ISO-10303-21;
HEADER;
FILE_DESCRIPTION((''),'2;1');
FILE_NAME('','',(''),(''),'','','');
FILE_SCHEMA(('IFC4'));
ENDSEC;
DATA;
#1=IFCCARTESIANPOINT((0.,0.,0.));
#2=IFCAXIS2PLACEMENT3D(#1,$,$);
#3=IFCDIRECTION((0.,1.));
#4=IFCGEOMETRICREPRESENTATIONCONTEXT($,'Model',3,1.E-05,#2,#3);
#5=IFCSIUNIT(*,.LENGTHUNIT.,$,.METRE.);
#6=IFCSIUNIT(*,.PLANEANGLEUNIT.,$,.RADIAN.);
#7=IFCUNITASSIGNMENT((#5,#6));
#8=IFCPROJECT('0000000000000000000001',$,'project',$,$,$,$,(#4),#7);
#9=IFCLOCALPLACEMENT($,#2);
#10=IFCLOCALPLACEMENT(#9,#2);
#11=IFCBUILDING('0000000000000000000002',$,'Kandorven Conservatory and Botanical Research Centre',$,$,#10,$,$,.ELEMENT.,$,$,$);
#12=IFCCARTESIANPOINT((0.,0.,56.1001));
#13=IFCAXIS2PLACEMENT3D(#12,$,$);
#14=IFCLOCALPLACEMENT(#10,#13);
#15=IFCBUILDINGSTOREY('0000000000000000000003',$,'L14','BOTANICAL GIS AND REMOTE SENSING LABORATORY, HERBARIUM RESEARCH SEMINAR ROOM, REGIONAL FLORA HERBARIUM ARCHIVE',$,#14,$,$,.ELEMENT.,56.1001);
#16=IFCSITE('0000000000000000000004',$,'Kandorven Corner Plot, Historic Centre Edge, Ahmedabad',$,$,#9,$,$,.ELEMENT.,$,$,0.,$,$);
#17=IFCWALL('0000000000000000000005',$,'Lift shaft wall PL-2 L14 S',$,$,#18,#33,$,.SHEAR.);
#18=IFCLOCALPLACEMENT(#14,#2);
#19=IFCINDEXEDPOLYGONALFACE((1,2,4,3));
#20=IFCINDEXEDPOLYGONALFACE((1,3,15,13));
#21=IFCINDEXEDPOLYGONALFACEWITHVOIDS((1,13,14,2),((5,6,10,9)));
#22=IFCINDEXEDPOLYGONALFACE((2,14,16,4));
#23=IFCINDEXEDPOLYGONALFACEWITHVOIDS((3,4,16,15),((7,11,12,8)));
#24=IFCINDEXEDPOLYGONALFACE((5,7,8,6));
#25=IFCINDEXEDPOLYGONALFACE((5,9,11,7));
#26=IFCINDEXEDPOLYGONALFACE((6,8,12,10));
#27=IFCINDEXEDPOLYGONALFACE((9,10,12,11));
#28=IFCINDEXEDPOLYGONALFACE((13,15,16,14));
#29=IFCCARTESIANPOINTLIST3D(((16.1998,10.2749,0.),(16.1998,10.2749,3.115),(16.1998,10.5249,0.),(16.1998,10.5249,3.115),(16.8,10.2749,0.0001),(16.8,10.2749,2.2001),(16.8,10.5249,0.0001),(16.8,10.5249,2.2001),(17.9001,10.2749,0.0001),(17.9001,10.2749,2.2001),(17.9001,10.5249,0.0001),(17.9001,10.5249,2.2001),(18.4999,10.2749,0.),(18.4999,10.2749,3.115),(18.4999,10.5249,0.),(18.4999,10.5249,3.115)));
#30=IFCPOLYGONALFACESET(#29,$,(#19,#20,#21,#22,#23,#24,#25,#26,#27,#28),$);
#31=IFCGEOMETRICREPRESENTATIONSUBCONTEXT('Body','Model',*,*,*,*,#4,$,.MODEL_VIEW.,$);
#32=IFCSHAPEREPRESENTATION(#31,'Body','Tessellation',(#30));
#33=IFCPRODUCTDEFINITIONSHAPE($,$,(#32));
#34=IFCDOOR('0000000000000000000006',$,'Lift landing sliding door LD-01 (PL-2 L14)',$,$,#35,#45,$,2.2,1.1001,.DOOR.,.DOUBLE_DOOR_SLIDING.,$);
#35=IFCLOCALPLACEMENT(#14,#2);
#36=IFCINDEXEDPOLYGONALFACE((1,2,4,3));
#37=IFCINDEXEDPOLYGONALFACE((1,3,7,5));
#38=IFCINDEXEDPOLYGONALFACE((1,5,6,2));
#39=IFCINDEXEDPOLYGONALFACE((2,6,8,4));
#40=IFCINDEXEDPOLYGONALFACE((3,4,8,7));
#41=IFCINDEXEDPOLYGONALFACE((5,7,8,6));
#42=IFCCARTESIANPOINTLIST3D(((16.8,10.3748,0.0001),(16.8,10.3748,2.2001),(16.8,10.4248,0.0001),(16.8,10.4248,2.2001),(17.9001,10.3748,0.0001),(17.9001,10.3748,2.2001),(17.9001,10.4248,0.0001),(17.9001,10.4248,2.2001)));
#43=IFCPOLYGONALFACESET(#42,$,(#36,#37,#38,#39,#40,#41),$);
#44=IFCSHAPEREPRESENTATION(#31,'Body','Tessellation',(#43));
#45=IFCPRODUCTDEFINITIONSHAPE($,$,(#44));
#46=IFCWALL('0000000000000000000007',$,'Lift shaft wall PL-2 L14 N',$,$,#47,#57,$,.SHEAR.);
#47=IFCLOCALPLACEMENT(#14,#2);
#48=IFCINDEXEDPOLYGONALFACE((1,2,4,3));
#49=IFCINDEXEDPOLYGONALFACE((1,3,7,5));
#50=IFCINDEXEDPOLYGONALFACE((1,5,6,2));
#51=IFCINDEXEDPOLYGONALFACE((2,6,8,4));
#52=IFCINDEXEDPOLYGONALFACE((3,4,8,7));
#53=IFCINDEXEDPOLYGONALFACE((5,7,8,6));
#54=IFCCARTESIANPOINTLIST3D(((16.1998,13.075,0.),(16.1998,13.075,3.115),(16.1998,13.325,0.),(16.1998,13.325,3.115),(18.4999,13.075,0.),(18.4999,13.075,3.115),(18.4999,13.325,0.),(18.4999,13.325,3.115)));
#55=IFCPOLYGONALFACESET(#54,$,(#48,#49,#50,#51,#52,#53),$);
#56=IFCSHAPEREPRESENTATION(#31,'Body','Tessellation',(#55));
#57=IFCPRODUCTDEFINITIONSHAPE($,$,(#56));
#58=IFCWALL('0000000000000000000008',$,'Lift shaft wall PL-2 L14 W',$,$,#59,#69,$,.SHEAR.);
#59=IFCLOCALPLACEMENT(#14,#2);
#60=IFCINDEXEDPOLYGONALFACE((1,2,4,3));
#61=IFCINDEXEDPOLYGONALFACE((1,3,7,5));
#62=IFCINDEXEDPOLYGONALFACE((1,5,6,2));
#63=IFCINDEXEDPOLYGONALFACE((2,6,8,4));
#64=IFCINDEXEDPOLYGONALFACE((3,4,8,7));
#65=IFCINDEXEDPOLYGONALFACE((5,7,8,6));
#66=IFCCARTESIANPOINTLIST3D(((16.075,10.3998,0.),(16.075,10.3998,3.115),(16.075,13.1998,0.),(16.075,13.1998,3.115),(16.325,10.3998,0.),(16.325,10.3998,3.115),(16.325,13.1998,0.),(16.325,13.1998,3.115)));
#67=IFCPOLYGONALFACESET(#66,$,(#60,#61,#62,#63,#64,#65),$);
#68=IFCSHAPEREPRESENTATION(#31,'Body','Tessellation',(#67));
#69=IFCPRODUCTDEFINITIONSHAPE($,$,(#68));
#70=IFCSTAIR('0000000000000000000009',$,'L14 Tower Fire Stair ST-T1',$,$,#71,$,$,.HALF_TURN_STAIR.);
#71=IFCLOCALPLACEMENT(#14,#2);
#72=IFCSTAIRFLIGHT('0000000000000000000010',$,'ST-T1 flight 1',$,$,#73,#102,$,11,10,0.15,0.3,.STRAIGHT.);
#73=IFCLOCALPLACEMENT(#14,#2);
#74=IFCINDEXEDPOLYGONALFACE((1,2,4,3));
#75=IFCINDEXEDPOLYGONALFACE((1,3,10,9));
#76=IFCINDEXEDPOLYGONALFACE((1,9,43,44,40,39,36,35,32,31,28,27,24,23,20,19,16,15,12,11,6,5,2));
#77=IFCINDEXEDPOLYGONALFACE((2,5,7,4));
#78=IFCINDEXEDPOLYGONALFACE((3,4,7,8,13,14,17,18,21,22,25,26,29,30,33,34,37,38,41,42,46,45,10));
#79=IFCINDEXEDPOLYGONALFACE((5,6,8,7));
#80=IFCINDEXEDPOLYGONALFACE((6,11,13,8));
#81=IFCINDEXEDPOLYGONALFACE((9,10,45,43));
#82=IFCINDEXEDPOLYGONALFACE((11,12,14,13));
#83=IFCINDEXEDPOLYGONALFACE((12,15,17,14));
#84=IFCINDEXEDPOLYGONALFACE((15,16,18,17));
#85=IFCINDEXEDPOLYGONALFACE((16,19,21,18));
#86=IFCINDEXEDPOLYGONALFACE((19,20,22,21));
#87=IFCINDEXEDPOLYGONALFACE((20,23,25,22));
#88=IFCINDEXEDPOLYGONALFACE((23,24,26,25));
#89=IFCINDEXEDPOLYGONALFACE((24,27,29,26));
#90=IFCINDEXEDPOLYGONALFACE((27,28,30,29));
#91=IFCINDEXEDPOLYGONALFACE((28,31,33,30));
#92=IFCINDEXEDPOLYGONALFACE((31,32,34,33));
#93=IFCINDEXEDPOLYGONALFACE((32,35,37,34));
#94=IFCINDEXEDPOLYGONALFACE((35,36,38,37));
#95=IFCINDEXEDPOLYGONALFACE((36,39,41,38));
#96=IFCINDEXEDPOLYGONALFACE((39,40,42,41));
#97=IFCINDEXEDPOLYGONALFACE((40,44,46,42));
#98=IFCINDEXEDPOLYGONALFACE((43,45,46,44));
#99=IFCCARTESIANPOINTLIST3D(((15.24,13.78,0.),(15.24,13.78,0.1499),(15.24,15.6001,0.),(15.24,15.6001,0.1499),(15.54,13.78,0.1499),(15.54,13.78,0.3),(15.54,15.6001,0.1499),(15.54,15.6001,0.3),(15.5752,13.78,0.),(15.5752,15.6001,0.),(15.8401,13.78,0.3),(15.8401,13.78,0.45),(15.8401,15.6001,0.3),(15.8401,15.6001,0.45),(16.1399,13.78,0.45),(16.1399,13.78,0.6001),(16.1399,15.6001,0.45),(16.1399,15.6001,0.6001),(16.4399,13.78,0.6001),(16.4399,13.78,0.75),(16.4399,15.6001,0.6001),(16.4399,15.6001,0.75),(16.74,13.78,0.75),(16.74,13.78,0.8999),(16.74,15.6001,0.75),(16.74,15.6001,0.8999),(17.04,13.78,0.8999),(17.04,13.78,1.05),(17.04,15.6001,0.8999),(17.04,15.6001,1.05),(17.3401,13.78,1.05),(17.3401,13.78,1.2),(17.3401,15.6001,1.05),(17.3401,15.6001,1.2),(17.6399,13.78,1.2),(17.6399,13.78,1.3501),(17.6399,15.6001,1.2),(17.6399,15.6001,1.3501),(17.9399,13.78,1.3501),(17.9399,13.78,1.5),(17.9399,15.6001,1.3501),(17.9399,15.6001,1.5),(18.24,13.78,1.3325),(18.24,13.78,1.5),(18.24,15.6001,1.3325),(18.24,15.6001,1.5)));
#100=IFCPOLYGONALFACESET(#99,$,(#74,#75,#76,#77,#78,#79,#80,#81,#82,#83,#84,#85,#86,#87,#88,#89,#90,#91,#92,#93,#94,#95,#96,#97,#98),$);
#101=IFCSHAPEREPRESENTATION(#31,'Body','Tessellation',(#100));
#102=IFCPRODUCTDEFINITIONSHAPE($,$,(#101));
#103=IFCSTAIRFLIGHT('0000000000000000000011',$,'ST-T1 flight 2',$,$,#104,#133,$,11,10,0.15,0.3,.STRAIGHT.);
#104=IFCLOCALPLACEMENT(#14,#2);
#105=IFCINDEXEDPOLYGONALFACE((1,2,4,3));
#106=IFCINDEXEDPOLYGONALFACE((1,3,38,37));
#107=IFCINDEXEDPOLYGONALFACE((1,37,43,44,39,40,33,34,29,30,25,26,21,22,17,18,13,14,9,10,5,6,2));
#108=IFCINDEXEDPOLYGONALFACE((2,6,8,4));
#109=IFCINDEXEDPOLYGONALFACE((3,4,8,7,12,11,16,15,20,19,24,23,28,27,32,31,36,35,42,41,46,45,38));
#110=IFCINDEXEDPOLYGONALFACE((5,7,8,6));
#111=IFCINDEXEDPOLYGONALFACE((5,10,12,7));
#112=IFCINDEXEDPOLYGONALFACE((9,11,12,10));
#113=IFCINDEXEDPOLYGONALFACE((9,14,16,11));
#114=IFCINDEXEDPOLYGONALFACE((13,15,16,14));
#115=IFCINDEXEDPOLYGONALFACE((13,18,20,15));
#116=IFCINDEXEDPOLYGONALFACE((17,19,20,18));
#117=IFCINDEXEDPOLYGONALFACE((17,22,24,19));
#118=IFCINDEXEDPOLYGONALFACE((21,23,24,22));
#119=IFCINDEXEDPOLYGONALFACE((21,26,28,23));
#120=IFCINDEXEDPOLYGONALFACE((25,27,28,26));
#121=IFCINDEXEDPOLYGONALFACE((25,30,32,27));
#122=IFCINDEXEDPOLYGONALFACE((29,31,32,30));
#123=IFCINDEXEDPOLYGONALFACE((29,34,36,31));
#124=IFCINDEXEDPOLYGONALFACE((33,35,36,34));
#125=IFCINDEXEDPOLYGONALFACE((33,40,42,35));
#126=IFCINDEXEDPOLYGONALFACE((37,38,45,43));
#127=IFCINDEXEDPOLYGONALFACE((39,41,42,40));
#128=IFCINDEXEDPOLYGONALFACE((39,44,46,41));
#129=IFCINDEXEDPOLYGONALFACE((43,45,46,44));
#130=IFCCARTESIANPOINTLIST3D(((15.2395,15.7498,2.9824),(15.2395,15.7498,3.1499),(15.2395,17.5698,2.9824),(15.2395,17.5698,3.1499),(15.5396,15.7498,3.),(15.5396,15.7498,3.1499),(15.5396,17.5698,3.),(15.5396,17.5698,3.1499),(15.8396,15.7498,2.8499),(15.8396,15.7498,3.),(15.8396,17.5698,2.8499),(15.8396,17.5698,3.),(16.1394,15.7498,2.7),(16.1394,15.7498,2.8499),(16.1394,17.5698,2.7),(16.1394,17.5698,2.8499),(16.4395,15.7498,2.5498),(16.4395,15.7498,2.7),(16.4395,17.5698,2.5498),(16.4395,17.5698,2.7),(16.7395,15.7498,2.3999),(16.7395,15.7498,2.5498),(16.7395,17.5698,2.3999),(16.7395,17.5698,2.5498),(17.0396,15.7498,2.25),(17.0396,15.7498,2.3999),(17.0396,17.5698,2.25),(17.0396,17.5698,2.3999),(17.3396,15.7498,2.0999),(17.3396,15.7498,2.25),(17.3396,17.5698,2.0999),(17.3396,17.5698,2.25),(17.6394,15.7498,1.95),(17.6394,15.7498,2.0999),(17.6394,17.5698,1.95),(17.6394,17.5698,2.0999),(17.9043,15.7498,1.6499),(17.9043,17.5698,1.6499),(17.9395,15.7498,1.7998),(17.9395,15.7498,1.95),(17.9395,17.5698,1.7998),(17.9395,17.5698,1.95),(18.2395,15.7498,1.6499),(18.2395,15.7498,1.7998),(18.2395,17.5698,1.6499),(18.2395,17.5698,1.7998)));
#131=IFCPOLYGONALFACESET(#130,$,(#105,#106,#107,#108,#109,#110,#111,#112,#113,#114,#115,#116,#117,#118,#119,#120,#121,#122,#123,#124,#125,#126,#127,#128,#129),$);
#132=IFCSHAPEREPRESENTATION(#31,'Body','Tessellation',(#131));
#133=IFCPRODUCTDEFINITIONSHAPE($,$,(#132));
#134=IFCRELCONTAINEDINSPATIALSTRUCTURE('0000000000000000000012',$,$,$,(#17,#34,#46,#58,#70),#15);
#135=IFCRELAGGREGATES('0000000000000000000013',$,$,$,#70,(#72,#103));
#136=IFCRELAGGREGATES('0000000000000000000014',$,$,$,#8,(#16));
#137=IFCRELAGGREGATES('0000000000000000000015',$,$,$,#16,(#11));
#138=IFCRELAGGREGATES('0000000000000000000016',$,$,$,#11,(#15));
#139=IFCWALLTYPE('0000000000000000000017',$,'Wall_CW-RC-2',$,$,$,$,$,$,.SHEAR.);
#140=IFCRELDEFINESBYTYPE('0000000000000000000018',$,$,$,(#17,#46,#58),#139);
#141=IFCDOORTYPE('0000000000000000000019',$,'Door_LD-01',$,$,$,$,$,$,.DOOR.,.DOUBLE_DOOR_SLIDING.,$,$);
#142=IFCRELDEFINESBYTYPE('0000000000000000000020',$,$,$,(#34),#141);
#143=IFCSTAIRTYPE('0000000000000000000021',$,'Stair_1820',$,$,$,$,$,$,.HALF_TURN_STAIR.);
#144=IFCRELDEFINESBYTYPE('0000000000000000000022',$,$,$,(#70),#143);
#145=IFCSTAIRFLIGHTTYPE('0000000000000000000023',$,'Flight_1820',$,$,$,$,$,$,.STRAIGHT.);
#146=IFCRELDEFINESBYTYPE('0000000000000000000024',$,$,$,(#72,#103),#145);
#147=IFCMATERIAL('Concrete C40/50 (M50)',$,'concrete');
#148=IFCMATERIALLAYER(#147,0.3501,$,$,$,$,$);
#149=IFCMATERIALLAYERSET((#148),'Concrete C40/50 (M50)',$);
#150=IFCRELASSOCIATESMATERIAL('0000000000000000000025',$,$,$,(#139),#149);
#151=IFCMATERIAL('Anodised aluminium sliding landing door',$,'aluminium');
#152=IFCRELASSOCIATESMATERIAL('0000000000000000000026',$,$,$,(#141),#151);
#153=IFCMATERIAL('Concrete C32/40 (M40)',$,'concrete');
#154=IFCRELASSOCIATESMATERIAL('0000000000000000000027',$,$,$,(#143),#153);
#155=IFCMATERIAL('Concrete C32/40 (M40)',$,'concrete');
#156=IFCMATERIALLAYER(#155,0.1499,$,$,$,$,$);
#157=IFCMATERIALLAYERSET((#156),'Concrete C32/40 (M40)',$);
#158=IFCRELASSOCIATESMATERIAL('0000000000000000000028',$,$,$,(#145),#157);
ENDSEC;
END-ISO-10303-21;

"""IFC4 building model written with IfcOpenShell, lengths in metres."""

from ifc_helpers import new_model, si_unit, direction, frame, frame_2d, origin, place, context, subcontext, project, spatial, polyline, rectangle, outline, extrude, material, layer, layer_set, type_object, element, fill, aggregate, save


model = new_model("IFC4")

# Units and contexts
model_context = context("Model", 3, precision=1e-05, world=origin(), true_north=direction((0.0, 1.0)))
body_context = subcontext(model_context, "Body", "Model", "MODEL_VIEW")
ifc_project = project(units=[si_unit("LENGTHUNIT", "METRE"), si_unit("PLANEANGLEUNIT", "RADIAN")], contexts=[model_context])

# Site, building, storey
site_placement = place(None, origin())
site = spatial("IfcSite", under=ifc_project, at=site_placement, Name="Kandorven Corner Plot, Historic Centre Edge, Ahmedabad", CompositionType="ELEMENT", RefElevation=0.0)
building_placement = place(site_placement, origin())
building = spatial("IfcBuilding", under=site, at=building_placement, Name="Kandorven Conservatory and Botanical Research Centre", CompositionType="ELEMENT")
storey_placement = place(building_placement, frame((0.0, 0.0, 56.1001)))
storey = spatial("IfcBuildingStorey", under=building, at=storey_placement, Name="L14", Description="BOTANICAL GIS AND REMOTE SENSING LABORATORY, HERBARIUM RESEARCH SEMINAR ROOM, REGIONAL FLORA HERBARIUM ARCHIVE", CompositionType="ELEMENT", Elevation=56.1001)

# Shared definitions
ifc_material_1 = material(Name="Concrete C40/50 (M50)", Category="concrete")
ifc_layer_1 = layer(ifc_material_1, 0.3501)
ifc_layer_set_1 = layer_set([ifc_layer_1], Name="Concrete C40/50 (M50)")
wall_type_1 = type_object("IfcWallType", Name="Wall_CW-RC-2", PredefinedType="SHEAR", material=ifc_layer_set_1)
ifc_material_2 = material(Name="Anodised aluminium sliding landing door", Category="aluminium")
door_type_1 = type_object("IfcDoorType", Name="Door_LD-01", OperationType="DOUBLE_DOOR_SLIDING", PredefinedType="DOOR", material=ifc_material_2)

# Wall, opening, door
wall_1_placement = place(storey_placement, frame((16.2, 10.3999, 0.0), z_axis=(0.0, 0.0, 1.0), x_axis=(1.0, 0.0, 0.0)))
wall_1 = element("IfcWall", 1, at=wall_1_placement, inside=storey, type_object=wall_type_1, Name="Lift shaft wall PL-2 L14 S", PredefinedType="SHEAR", context=body_context, shape_type="SweptSolid", body=[
    extrude(rectangle(XDim=2.3, YDim=0.25, at=frame_2d((1.1499, 0.0))), origin(), (0.0, 0.0, 1.0), 3.115),
])
opening_1_placement = place(wall_1_placement, frame((0.6001, 0.0, 0.0)))
opening_1 = element("IfcOpeningElement", 2, at=opening_1_placement, cuts=wall_1, PredefinedType="OPENING", context=body_context, shape_type="SweptSolid", body=[
    extrude(rectangle(XDim=1.1001, YDim=2.2, at=frame_2d((0.55, 1.1001))), frame((0.0, 0.135, 0.0), z_axis=(0.0, -1.0, 0.0), x_axis=(1.0, 0.0, 0.0)), (0.0, 0.0, 1.0), 0.27),
])
door_1_placement = place(opening_1_placement, origin())
door_1 = element("IfcDoor", 3, at=door_1_placement, inside=storey, type_object=door_type_1, Name="Lift landing sliding door LD-01 (PL-2 L14)", OperationType="DOUBLE_DOOR_SLIDING", OverallHeight=2.2, OverallWidth=1.1001, PredefinedType="DOOR", context=body_context, shape_type="SweptSolid", body=[
    extrude(rectangle(XDim=1.1001, YDim=2.2, at=frame_2d((0.55, 1.1001))), frame((0.0, 0.0249, 0.0), z_axis=(0.0, -1.0, 0.0), x_axis=(1.0, 0.0, 0.0)), (0.0, 0.0, 1.0), 0.05),
])
fill(opening_1, door_1)

# Walls
wall_2_placement = place(storey_placement, frame((16.2, 13.2, 0.0), z_axis=(0.0, 0.0, 1.0), x_axis=(1.0, 0.0, 0.0)))
element("IfcWall", 4, at=wall_2_placement, inside=storey, type_object=wall_type_1, Name="Lift shaft wall PL-2 L14 N", PredefinedType="SHEAR", context=body_context, shape_type="SweptSolid", body=[
    extrude(rectangle(XDim=2.3, YDim=0.25, at=frame_2d((1.1499, 0.0))), origin(), (0.0, 0.0, 1.0), 3.115),
])
wall_3_placement = place(storey_placement, frame((16.2, 10.3999, 0.0), z_axis=(0.0, 0.0, 1.0), x_axis=(0.0, 1.0, 0.0)))
element("IfcWall", 5, at=wall_3_placement, inside=storey, type_object=wall_type_1, Name="Lift shaft wall PL-2 L14 W", PredefinedType="SHEAR", context=body_context, shape_type="SweptSolid", body=[
    extrude(rectangle(XDim=2.8, YDim=0.25, at=frame_2d((1.3999, 0.0))), origin(), (0.0, 0.0, 1.0), 3.115),
])

# Stair, stair flights
ifc_material_3 = material(Name="Concrete C32/40 (M40)", Category="concrete")
stair_type = type_object("IfcStairType", Name="Stair_1820", PredefinedType="HALF_TURN_STAIR", material=ifc_material_3)
stair_placement = place(storey_placement, origin())
stair = element("IfcStair", 6, at=stair_placement, inside=storey, type_object=stair_type, Name="L14 Tower Fire Stair ST-T1", PredefinedType="HALF_TURN_STAIR")
ifc_material_4 = material(Name="Concrete C32/40 (M40)", Category="concrete")
ifc_layer_2 = layer(ifc_material_4, 0.1499)
ifc_layer_set_2 = layer_set([ifc_layer_2], Name="Concrete C32/40 (M40)")
stair_flight_type = type_object("IfcStairFlightType", Name="Flight_1820", PredefinedType="STRAIGHT", material=ifc_layer_set_2)
stair_flight_1_placement = place(storey_placement, frame((15.24, 14.6899, 0.0), z_axis=(0.0, 0.0, 1.0), x_axis=(1.0, 0.0, 0.0)))
stair_flight_1 = element("IfcStairFlight", 7, at=stair_flight_1_placement, type_object=stair_flight_type, Name="ST-T1 flight 1", NumberOfRisers=11, NumberOfTreads=10, PredefinedType="STRAIGHT", RiserHeight=0.15, TreadLength=0.3, context=body_context, shape_type="SweptSolid", body=[
    extrude(outline(polyline([(0.0, 0.0), (0.0, 0.1499), (0.3, 0.1499), (0.3, 0.3), (0.6001, 0.3), (0.6001, 0.45), (0.8999, 0.45), (0.8999, 0.6001), (1.2, 0.6001), (1.2, 0.75), (1.5, 0.75), (1.5, 0.8999), (1.8, 0.8999), (1.8, 1.05), (2.1001, 1.05), (2.1001, 1.2), (2.3999, 1.2), (2.3999, 1.3501), (2.7, 1.3501), (2.7, 1.5), (3.0, 1.5), (3.0, 1.6499), (3.0, 1.3325), (0.3352, 0.0), (0.0, 0.0)])), frame((0.0, 0.9102, 0.0), z_axis=(0.0, -1.0, 0.0), x_axis=(1.0, 0.0, 0.0)), (0.0, 0.0, 1.0), 1.8201),
])
stair_flight_2_placement = place(storey_placement, frame((18.2395, 16.6599, 1.6499), z_axis=(0.0, 0.0, 1.0), x_axis=(-1.0, 0.0, 0.0)))
stair_flight_2 = element("IfcStairFlight", 8, at=stair_flight_2_placement, type_object=stair_flight_type, Name="ST-T1 flight 2", NumberOfRisers=11, NumberOfTreads=10, PredefinedType="STRAIGHT", RiserHeight=0.15, TreadLength=0.3, context=body_context, shape_type="SweptSolid", body=[
    extrude(outline(polyline([(0.0, 0.0), (0.0, 0.1499), (0.3, 0.1499), (0.3, 0.3), (0.6001, 0.3), (0.6001, 0.45), (0.8999, 0.45), (0.8999, 0.6001), (1.2, 0.6001), (1.2, 0.75), (1.5, 0.75), (1.5, 0.8999), (1.8, 0.8999), (1.8, 1.05), (2.1001, 1.05), (2.1001, 1.2), (2.3999, 1.2), (2.3999, 1.3501), (2.7, 1.3501), (2.7, 1.5), (3.0, 1.5), (3.0, 1.6499), (3.0, 1.3325), (0.3352, 0.0), (0.0, 0.0)])), frame((0.0, 0.9102, 0.0), z_axis=(0.0, -1.0, 0.0), x_axis=(1.0, 0.0, 0.0)), (0.0, 0.0, 1.0), 1.8201),
])
aggregate(stair, [stair_flight_1, stair_flight_2])

save(model, "model.ifc")
